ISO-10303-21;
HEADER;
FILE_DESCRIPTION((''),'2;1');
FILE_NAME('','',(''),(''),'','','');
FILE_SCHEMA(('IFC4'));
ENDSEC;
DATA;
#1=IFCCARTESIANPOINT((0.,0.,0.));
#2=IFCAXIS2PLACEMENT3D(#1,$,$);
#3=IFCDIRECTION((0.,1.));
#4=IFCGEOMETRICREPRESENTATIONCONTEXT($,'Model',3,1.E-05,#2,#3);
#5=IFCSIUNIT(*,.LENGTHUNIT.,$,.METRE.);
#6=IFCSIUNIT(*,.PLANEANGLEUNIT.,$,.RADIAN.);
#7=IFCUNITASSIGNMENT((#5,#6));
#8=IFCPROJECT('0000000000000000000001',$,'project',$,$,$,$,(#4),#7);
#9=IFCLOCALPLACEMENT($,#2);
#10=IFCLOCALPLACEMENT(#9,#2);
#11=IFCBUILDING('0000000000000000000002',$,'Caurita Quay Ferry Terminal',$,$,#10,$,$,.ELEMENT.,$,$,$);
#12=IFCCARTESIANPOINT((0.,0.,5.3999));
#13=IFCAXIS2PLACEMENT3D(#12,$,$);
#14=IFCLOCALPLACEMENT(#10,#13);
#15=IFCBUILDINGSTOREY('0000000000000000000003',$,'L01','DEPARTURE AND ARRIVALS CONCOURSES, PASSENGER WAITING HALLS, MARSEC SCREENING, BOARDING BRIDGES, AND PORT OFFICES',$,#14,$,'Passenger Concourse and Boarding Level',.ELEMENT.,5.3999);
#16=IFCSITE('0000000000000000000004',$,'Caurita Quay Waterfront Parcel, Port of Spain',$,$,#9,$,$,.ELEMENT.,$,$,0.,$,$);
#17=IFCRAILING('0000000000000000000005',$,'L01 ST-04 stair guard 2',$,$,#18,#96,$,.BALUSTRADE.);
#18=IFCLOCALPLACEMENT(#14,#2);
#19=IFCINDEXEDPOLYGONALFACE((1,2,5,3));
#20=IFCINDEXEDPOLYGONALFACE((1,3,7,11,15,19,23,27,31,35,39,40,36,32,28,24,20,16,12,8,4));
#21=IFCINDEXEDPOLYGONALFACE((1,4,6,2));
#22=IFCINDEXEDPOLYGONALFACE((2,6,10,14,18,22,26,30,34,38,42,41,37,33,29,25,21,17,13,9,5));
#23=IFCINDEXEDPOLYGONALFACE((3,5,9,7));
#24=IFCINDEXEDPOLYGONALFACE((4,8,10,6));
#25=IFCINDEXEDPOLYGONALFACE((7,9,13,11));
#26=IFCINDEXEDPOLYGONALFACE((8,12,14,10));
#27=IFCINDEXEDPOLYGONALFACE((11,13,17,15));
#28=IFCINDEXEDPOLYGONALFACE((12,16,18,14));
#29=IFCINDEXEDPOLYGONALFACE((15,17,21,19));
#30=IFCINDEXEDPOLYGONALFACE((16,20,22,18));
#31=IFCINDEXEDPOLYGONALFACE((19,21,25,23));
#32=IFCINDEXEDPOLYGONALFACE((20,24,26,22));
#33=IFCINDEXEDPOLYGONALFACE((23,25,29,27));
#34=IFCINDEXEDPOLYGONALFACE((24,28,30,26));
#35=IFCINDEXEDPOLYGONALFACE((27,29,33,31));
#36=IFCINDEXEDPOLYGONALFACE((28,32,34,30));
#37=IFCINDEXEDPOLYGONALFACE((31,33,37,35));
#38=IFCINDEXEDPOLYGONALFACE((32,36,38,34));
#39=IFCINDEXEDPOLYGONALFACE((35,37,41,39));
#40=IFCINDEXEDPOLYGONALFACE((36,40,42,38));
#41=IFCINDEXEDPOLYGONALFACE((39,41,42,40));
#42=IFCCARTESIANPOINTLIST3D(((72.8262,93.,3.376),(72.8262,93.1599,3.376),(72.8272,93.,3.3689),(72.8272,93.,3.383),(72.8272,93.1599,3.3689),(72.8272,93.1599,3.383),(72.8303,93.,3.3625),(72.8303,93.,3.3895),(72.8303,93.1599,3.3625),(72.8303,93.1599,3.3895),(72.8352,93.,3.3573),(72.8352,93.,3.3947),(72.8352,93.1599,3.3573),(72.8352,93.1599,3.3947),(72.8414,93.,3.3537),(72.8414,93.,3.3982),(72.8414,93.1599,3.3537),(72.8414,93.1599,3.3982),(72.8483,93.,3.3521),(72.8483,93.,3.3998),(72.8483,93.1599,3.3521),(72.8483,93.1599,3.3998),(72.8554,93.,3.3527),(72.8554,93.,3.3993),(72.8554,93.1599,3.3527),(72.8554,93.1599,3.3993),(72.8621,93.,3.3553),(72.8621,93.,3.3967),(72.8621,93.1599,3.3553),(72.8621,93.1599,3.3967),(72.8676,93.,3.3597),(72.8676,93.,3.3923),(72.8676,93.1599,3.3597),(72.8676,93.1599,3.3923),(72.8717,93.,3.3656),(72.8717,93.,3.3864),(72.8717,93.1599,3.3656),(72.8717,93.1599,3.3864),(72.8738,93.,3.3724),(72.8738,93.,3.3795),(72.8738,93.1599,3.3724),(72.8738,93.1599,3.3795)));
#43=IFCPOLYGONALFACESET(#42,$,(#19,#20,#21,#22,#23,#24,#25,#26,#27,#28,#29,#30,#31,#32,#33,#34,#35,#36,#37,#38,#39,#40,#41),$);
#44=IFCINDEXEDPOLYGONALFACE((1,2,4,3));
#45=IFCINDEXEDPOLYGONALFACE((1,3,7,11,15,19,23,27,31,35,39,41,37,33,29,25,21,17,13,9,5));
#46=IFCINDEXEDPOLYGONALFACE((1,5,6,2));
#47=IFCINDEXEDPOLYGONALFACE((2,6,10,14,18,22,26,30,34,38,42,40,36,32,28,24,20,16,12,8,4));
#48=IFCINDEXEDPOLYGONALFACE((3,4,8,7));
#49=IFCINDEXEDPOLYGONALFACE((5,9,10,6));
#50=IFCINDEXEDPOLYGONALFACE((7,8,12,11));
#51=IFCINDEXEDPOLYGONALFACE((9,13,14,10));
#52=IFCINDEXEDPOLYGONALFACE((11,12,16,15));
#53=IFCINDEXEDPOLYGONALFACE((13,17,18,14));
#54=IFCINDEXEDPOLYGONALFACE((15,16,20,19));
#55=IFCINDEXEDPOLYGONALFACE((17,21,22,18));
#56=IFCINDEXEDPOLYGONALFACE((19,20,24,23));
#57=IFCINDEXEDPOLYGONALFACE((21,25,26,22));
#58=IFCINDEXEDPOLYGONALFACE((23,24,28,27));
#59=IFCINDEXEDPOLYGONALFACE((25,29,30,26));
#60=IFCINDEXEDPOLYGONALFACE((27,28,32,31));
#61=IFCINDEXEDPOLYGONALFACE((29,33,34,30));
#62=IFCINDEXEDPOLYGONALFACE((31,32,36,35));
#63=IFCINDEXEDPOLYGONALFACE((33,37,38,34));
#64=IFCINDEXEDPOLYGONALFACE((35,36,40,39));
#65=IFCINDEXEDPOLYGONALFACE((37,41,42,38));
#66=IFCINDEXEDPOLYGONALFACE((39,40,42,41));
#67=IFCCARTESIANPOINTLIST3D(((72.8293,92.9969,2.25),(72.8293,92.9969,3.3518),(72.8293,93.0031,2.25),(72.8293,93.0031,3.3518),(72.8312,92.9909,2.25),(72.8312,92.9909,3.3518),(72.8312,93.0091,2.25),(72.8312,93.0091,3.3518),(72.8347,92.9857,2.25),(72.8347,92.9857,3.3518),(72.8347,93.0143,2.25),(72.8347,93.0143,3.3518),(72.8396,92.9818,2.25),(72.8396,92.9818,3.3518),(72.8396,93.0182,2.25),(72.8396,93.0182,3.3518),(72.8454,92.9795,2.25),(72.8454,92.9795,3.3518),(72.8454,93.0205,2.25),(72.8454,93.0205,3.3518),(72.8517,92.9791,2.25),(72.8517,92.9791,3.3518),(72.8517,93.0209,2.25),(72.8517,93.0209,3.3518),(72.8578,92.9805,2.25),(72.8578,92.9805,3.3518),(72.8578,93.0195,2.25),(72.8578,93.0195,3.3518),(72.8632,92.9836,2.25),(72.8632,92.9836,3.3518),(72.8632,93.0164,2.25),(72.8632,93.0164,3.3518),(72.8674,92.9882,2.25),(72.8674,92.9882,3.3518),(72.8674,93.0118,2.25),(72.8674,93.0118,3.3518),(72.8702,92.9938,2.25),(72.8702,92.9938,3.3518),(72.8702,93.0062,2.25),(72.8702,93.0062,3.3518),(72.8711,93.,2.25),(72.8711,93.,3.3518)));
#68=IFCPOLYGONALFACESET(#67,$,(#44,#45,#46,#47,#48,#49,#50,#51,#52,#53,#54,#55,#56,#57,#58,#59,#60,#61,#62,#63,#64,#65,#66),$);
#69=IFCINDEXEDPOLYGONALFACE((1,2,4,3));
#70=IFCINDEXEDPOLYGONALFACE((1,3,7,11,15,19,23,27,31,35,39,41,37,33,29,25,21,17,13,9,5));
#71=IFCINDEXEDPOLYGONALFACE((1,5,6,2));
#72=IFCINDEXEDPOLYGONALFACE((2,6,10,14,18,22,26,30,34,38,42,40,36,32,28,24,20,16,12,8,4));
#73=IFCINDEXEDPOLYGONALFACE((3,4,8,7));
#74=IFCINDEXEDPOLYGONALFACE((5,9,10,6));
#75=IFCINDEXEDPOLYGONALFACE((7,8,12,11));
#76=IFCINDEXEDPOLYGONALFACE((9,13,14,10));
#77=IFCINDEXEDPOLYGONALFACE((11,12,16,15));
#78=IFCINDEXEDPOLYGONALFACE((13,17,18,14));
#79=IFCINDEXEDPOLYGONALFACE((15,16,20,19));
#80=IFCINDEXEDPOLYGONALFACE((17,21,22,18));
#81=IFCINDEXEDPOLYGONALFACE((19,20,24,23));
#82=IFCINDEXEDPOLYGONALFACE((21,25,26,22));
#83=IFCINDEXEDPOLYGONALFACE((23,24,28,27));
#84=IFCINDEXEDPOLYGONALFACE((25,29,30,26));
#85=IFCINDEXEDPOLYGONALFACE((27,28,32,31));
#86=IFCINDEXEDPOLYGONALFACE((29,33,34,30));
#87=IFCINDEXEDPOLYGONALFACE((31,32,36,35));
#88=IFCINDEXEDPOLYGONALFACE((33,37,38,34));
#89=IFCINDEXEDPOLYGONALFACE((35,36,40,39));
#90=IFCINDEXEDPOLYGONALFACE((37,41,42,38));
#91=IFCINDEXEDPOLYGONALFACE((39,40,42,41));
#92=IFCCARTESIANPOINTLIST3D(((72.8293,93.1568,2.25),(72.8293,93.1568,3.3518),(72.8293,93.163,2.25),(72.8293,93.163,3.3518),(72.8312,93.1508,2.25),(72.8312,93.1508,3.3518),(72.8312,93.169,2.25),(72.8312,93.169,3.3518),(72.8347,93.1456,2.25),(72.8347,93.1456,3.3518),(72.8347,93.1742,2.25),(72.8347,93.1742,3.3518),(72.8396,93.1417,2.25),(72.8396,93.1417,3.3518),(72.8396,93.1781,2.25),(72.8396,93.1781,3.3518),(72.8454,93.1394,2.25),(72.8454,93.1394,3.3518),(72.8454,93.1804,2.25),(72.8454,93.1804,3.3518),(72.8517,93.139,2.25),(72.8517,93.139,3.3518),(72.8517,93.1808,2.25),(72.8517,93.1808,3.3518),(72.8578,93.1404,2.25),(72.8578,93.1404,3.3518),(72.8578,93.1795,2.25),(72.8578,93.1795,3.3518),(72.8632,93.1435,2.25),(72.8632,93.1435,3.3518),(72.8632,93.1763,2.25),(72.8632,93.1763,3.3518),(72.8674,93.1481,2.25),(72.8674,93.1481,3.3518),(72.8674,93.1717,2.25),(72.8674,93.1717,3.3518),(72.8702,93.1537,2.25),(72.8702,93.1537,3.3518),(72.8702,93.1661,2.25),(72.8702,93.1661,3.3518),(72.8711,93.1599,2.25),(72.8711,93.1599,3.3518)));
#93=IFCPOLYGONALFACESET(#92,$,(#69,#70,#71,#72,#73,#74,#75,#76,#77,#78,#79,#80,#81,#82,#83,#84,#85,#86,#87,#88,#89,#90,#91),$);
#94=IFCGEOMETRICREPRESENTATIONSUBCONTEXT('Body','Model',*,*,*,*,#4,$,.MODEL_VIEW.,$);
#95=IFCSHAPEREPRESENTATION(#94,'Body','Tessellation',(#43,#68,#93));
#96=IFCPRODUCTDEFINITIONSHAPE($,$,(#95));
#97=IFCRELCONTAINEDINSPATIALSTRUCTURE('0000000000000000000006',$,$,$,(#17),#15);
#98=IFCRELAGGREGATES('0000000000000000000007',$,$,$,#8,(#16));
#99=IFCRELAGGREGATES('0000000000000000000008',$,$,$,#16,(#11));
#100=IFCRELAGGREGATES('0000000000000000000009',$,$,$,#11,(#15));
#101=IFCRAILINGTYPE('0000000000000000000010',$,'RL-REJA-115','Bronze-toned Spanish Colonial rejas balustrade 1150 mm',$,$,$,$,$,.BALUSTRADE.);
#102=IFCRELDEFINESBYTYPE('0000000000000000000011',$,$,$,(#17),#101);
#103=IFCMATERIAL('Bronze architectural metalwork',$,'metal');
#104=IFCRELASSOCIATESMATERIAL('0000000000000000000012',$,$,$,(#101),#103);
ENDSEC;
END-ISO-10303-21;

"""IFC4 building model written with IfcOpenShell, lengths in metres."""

from ifc_helpers import new_model, si_unit, direction, frame, origin, origin_2d, place, context, subcontext, project, spatial, circle, extrude, material, type_object, element, save


model = new_model("IFC4")

# Units and contexts
model_context = context("Model", 3, precision=1e-05, world=origin(), true_north=direction((0.0, 1.0)))
body_context = subcontext(model_context, "Body", "Model", "MODEL_VIEW")
ifc_project = project(units=[si_unit("LENGTHUNIT", "METRE"), si_unit("PLANEANGLEUNIT", "RADIAN")], contexts=[model_context])

# Site, building, storey
site_placement = place(None, origin())
site = spatial("IfcSite", under=ifc_project, at=site_placement, Name="Caurita Quay Waterfront Parcel, Port of Spain", CompositionType="ELEMENT", RefElevation=0.0)
building_placement = place(site_placement, origin())
building = spatial("IfcBuilding", under=site, at=building_placement, Name="Caurita Quay Ferry Terminal", CompositionType="ELEMENT")
storey_placement = place(building_placement, frame((0.0, 0.0, 5.3999)))
storey = spatial("IfcBuildingStorey", under=building, at=storey_placement, Name="L01", Description="DEPARTURE AND ARRIVALS CONCOURSES, PASSENGER WAITING HALLS, MARSEC SCREENING, BOARDING BRIDGES, AND PORT OFFICES", LongName="Passenger Concourse and Boarding Level", CompositionType="ELEMENT", Elevation=5.3999)

# Railing
ifc_material_1 = material(Name="Bronze architectural metalwork", Category="metal")
railing_type_1 = type_object("IfcRailingType", Name="RL-REJA-115", Description="Bronze-toned Spanish Colonial rejas balustrade 1150 mm", PredefinedType="BALUSTRADE", material=ifc_material_1)
railing_1_placement = place(storey_placement, frame((72.8501, 93.0, 2.25)))
element("IfcRailing", 1, at=railing_1_placement, inside=storey, type_object=railing_type_1, Name="L01 ST-04 stair guard 2", PredefinedType="BALUSTRADE", context=body_context, shape_type="SweptSolid", body=[
    extrude(circle(Radius=0.0239, at=origin_2d()), frame((0.0, 0.0, 1.126), z_axis=(0.0, 1.0, 0.0), x_axis=(-1.0, 0.0, 0.0)), (0.0, 0.0, 1.0), 0.1599),
    extrude(circle(Radius=0.021, at=origin_2d()), origin(), (0.0, 0.0, 1.0), 1.1018),
    extrude(circle(Radius=0.021, at=origin_2d()), frame((0.0, 0.1599, 0.0)), (0.0, 0.0, 1.0), 1.1018),
])

save(model, "model.ifc")
